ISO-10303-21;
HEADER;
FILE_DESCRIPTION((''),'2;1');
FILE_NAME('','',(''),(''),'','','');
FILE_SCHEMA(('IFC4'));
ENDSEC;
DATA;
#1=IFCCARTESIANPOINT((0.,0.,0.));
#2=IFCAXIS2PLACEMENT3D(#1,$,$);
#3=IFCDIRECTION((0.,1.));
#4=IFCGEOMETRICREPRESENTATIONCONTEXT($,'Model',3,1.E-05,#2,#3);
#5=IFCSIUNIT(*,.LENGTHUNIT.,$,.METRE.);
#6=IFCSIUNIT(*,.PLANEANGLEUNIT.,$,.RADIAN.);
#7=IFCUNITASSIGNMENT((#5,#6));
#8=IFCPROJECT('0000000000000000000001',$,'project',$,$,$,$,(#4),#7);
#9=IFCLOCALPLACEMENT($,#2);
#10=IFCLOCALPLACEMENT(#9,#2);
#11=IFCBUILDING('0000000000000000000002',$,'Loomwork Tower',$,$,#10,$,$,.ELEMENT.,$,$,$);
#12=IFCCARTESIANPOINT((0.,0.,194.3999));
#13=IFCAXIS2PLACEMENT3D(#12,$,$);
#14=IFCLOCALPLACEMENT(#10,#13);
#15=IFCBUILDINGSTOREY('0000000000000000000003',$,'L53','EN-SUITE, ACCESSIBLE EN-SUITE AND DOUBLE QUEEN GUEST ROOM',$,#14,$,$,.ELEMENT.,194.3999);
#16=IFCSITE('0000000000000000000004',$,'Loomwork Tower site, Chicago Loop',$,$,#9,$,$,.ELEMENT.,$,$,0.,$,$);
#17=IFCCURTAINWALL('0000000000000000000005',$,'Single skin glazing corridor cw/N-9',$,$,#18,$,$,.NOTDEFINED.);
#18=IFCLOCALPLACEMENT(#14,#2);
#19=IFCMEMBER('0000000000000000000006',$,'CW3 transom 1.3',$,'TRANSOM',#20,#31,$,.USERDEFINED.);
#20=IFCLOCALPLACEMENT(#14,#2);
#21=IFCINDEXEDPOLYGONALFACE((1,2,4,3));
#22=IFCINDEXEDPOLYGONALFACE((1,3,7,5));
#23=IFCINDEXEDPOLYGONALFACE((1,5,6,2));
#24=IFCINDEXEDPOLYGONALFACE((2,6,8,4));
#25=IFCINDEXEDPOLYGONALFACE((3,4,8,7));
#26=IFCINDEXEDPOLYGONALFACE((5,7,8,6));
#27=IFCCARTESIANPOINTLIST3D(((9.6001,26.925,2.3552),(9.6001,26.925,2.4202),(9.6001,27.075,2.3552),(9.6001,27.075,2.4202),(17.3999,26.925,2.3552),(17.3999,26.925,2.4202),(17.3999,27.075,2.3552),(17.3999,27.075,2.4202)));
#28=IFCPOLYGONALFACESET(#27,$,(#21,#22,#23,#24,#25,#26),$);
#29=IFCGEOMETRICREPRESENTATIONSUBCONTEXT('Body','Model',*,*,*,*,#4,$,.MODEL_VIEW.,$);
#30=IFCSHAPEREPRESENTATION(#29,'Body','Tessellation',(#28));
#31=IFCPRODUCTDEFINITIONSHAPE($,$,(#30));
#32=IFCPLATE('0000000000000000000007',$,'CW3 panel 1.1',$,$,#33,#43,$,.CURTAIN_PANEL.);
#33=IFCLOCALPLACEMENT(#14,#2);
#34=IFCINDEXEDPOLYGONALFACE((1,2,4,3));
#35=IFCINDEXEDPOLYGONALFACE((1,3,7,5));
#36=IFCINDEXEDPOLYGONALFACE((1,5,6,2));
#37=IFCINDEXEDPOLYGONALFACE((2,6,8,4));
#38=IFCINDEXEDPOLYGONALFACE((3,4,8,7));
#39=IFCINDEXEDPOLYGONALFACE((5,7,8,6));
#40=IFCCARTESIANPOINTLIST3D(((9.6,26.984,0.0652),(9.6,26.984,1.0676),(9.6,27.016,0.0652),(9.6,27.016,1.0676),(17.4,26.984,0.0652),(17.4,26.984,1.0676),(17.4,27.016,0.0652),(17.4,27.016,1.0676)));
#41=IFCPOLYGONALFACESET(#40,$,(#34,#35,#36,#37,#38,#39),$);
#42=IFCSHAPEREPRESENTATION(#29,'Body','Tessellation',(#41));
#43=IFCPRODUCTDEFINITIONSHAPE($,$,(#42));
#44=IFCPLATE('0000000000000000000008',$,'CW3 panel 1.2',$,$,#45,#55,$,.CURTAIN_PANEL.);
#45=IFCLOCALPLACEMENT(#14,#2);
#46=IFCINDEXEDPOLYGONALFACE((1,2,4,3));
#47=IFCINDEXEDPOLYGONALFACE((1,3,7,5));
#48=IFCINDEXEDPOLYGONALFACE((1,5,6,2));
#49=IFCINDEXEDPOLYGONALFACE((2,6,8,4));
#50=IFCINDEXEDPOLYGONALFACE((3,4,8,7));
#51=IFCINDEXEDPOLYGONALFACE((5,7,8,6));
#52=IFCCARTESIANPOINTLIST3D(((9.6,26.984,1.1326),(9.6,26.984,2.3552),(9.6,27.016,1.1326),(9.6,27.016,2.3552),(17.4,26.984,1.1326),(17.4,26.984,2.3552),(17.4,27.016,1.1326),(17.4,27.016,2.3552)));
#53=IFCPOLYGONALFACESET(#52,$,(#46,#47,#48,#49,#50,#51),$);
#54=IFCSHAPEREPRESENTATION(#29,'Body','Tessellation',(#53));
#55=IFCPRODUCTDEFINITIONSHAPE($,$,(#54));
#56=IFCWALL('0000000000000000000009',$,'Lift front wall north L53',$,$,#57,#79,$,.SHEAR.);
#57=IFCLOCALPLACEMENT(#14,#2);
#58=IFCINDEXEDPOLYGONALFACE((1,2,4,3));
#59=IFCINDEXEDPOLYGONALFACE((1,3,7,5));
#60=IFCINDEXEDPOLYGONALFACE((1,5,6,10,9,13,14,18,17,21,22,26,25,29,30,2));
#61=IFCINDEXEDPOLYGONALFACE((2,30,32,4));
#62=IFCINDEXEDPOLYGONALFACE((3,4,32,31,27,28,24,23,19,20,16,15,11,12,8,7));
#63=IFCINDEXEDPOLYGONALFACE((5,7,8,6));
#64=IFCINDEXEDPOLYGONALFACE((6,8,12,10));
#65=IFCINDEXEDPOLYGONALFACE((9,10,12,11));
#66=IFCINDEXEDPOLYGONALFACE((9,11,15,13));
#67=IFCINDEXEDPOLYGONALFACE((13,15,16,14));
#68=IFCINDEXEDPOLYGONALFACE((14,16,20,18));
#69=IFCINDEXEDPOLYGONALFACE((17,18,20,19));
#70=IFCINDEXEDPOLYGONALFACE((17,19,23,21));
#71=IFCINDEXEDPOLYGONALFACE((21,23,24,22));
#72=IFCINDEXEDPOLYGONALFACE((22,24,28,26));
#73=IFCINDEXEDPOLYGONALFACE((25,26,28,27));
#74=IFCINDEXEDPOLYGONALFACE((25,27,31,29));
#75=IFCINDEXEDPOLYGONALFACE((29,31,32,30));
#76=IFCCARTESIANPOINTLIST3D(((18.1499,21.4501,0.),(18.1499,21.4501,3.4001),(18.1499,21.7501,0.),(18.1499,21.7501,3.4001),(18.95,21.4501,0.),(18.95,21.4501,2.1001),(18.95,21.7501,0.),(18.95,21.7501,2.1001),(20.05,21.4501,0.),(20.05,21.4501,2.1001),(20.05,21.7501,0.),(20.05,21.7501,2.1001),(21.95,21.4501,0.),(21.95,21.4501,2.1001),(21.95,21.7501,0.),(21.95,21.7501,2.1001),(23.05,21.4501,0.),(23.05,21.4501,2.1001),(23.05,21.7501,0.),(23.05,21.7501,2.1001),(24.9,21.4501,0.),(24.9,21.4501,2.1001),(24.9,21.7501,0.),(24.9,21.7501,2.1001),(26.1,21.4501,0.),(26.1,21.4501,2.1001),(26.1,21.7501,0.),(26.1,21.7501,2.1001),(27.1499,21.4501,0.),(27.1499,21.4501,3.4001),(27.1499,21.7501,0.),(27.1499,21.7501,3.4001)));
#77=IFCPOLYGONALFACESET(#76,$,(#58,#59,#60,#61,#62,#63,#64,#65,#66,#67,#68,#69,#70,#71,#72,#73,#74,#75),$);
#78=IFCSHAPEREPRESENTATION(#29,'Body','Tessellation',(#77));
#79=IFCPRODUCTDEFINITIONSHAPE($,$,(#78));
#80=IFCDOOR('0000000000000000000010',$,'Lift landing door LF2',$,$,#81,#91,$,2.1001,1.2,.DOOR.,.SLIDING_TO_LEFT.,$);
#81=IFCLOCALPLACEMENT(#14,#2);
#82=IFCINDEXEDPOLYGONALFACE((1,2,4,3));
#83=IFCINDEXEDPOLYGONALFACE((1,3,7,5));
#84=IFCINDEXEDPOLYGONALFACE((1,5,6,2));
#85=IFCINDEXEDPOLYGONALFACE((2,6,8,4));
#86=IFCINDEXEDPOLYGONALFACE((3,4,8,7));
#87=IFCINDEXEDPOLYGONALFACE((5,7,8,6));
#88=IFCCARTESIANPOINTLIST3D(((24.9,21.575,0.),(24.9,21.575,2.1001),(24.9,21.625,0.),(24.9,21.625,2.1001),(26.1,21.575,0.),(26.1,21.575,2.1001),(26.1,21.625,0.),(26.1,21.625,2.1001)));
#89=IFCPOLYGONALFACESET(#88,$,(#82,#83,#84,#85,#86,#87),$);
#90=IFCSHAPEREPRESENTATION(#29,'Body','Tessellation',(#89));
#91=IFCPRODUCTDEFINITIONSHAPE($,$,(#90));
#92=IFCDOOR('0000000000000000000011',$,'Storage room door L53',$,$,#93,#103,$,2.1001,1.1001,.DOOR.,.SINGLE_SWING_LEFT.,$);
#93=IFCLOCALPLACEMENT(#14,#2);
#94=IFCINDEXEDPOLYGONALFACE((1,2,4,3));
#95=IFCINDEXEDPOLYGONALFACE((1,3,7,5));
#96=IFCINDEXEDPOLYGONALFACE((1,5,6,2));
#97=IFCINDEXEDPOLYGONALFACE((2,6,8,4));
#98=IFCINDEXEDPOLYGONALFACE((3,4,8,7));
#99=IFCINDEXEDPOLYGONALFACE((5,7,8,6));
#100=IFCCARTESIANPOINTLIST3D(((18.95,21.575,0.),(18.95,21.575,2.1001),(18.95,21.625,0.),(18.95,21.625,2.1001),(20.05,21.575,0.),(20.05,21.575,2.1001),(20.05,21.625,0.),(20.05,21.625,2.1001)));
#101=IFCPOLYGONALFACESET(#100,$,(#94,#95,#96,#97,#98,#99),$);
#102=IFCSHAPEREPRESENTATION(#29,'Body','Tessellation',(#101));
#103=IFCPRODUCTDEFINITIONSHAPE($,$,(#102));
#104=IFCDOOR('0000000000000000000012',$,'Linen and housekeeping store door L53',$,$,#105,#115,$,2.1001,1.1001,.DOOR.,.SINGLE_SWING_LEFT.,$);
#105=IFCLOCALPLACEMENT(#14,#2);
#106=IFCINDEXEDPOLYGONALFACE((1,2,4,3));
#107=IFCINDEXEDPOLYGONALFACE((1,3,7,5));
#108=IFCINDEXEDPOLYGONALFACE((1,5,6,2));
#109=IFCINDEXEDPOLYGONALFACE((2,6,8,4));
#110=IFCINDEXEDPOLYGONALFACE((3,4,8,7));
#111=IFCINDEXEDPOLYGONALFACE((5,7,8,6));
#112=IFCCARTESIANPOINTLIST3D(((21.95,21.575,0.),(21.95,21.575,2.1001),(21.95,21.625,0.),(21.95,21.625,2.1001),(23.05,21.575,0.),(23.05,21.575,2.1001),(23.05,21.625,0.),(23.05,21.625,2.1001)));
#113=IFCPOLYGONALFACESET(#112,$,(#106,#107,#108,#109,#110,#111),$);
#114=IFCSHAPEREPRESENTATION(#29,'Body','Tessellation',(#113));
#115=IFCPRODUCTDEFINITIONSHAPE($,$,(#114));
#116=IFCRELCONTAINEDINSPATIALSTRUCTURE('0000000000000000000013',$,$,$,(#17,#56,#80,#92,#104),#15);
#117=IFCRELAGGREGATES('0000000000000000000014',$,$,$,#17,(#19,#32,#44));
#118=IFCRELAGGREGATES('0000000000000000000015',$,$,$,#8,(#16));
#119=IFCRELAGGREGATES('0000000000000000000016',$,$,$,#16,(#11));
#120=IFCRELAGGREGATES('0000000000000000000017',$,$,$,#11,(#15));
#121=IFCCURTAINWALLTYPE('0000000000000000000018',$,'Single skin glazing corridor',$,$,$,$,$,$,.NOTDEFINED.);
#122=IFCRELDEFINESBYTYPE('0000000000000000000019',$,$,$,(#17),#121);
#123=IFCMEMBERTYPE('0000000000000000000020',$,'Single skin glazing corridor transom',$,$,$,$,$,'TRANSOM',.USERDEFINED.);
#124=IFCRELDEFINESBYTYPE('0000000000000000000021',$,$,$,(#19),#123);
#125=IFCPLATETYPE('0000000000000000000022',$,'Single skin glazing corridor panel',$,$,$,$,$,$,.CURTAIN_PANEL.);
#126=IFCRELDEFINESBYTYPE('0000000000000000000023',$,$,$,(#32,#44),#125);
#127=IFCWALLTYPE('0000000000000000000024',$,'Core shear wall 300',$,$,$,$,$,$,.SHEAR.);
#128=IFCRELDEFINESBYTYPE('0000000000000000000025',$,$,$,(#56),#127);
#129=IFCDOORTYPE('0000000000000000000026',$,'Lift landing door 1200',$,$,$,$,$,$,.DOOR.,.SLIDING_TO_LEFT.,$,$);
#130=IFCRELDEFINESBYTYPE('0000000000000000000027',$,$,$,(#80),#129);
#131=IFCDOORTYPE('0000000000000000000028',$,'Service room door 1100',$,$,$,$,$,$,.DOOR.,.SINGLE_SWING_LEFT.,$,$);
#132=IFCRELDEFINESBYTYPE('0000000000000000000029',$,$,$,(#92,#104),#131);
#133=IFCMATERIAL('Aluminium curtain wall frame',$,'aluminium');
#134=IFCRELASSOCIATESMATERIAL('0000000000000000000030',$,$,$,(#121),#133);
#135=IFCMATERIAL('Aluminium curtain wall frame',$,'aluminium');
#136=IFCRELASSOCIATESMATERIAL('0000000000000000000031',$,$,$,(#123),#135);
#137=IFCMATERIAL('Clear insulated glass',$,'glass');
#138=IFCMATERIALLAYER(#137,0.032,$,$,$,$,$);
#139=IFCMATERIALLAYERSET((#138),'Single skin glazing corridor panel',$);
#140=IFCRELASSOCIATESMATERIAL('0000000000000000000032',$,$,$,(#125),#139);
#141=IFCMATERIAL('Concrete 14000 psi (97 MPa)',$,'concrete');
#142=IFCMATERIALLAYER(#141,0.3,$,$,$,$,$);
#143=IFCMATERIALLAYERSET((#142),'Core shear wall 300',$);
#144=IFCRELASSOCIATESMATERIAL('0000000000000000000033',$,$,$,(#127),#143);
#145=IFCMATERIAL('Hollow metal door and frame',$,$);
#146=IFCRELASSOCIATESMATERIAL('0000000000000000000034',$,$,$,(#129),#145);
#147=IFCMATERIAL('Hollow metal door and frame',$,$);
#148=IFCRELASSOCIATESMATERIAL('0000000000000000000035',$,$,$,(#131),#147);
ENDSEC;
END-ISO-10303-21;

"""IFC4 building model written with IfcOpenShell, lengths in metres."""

from ifc_helpers import new_model, si_unit, direction, frame, frame_2d, origin, origin_2d, place, context, subcontext, project, spatial, rectangle, extrude, material, layer, layer_set, material_profile, profile_set, type_object, element, fill, aggregate, save


model = new_model("IFC4")

# Units and contexts
model_context = context("Model", 3, precision=1e-05, world=origin(), true_north=direction((0.0, 1.0)))
body_context = subcontext(model_context, "Body", "Model", "MODEL_VIEW")
ifc_project = project(units=[si_unit("LENGTHUNIT", "METRE"), si_unit("PLANEANGLEUNIT", "RADIAN")], contexts=[model_context])

# Site, building, storey
site_placement = place(None, origin())
site = spatial("IfcSite", under=ifc_project, at=site_placement, Name="Loomwork Tower site, Chicago Loop", CompositionType="ELEMENT", RefElevation=0.0)
building_placement = place(site_placement, origin())
building = spatial("IfcBuilding", under=site, at=building_placement, Name="Loomwork Tower", CompositionType="ELEMENT")
storey_placement = place(building_placement, frame((0.0, 0.0, 194.3999)))
storey = spatial("IfcBuildingStorey", under=building, at=storey_placement, Name="L53", Description="EN-SUITE, ACCESSIBLE EN-SUITE AND DOUBLE QUEEN GUEST ROOM", CompositionType="ELEMENT", Elevation=194.3999)

# Shared definitions
ifc_material_1 = material(Name="Aluminium curtain wall frame", Category="aluminium")
curtain_wall_type = type_object("IfcCurtainWallType", Name="Single skin glazing corridor", PredefinedType="NOTDEFINED", material=ifc_material_1)

# Curtain wall
curtain_wall_1_placement = place(storey_placement, origin())
curtain_wall_1 = element("IfcCurtainWall", 1, at=curtain_wall_1_placement, inside=storey, type_object=curtain_wall_type, Name="Single skin glazing corridor cw/N-9", PredefinedType="NOTDEFINED")

# Member
ifc_material_2 = material(Name="Aluminium curtain wall frame", Category="aluminium")
ifc_material_profile_1 = material_profile(ifc_material_2, rectangle(XDim=0.1499, YDim=0.0649, at=origin_2d()), Name="AL 65x150")
ifc_profile_set_1 = profile_set([ifc_material_profile_1], Name="Aluminium curtain wall frame")
member_type_1 = type_object("IfcMemberType", Name="Single skin glazing corridor transom", ElementType="TRANSOM", PredefinedType="USERDEFINED", material=ifc_profile_set_1)
member_1_placement = place(storey_placement, frame((17.3999, 27.0, 2.3877), z_axis=(-1.0, 0.0, 0.0), x_axis=(0.0, -1.0, 0.0)))
member_1 = element("IfcMember", 2, at=member_1_placement, type_object=member_type_1, Name="CW3 transom 1.3", ObjectType="TRANSOM", PredefinedType="USERDEFINED", context=body_context, shape_type="SweptSolid", body=[
    extrude(rectangle(XDim=0.1499, YDim=0.0649, at=origin_2d()), origin(), (0.0, 0.0, 1.0), 7.7998),
])

# Plates
ifc_material_3 = material(Name="Clear insulated glass", Category="glass")
ifc_layer_1 = layer(ifc_material_3, 0.032)
ifc_layer_set_1 = layer_set([ifc_layer_1], Name="Single skin glazing corridor panel")
plate_type = type_object("IfcPlateType", Name="Single skin glazing corridor panel", PredefinedType="CURTAIN_PANEL", material=ifc_layer_set_1)
plate_1_placement = place(storey_placement, frame((13.5, 27.0, 0.0652), z_axis=(0.0, 0.0, 1.0), x_axis=(-1.0, 0.0, 0.0)))
plate_1 = element("IfcPlate", 3, at=plate_1_placement, type_object=plate_type, Name="CW3 panel 1.1", PredefinedType="CURTAIN_PANEL", context=body_context, shape_type="SweptSolid", body=[
    extrude(rectangle(XDim=7.8, YDim=0.032, at=origin_2d()), origin(), (0.0, 0.0, 1.0), 1.0024),
])
plate_2_placement = place(storey_placement, frame((13.5, 27.0, 1.1326), z_axis=(0.0, 0.0, 1.0), x_axis=(-1.0, 0.0, 0.0)))
plate_2 = element("IfcPlate", 4, at=plate_2_placement, type_object=plate_type, Name="CW3 panel 1.2", PredefinedType="CURTAIN_PANEL", context=body_context, shape_type="SweptSolid", body=[
    extrude(rectangle(XDim=7.8, YDim=0.032, at=origin_2d()), origin(), (0.0, 0.0, 1.0), 1.2227),
])
aggregate(curtain_wall_1, [member_1, plate_1, plate_2])

# Wall, openings, doors
ifc_material_4 = material(Name="Concrete 14000 psi (97 MPa)", Category="concrete")
ifc_layer_2 = layer(ifc_material_4, 0.3)
ifc_layer_set_2 = layer_set([ifc_layer_2], Name="Core shear wall 300")
wall_type_1 = type_object("IfcWallType", Name="Core shear wall 300", PredefinedType="SHEAR", material=ifc_layer_set_2)
wall_1_placement = place(storey_placement, frame((18.1499, 21.6001, 0.0), z_axis=(0.0, 0.0, 1.0), x_axis=(1.0, 0.0, 0.0)))
wall_1 = element("IfcWall", 5, at=wall_1_placement, inside=storey, type_object=wall_type_1, Name="Lift front wall north L53", PredefinedType="SHEAR", context=body_context, shape_type="SweptSolid", body=[
    extrude(rectangle(XDim=9.0, YDim=0.3, at=frame_2d((4.5, 0.0))), origin(), (0.0, 0.0, 1.0), 3.4001),
])
opening_1_placement = place(wall_1_placement, frame((6.75, 0.0, 0.0)))
opening_1 = element("IfcOpeningElement", 6, at=opening_1_placement, cuts=wall_1, PredefinedType="OPENING", context=body_context, shape_type="SweptSolid", body=[
    extrude(rectangle(XDim=1.2, YDim=2.1001, at=frame_2d((0.6001, 1.05))), frame((0.0, 0.1599, 0.0), z_axis=(0.0, -1.0, 0.0), x_axis=(1.0, 0.0, 0.0)), (0.0, 0.0, 1.0), 0.3201),
])
opening_2_placement = place(wall_1_placement, frame((0.8, 0.0, 0.0)))
opening_2 = element("IfcOpeningElement", 7, at=opening_2_placement, cuts=wall_1, PredefinedType="OPENING", context=body_context, shape_type="SweptSolid", body=[
    extrude(rectangle(XDim=1.1001, YDim=2.1001, at=frame_2d((0.55, 1.05))), frame((0.0, 0.1599, 0.0), z_axis=(0.0, -1.0, 0.0), x_axis=(1.0, 0.0, 0.0)), (0.0, 0.0, 1.0), 0.3201),
])
opening_3_placement = place(wall_1_placement, frame((3.8, 0.0, 0.0)))
opening_3 = element("IfcOpeningElement", 8, at=opening_3_placement, cuts=wall_1, PredefinedType="OPENING", context=body_context, shape_type="SweptSolid", body=[
    extrude(rectangle(XDim=1.1001, YDim=2.1001, at=frame_2d((0.55, 1.05))), frame((0.0, 0.1599, 0.0), z_axis=(0.0, -1.0, 0.0), x_axis=(1.0, 0.0, 0.0)), (0.0, 0.0, 1.0), 0.3201),
])
ifc_material_5 = material(Name="Hollow metal door and frame")
door_type_1 = type_object("IfcDoorType", Name="Lift landing door 1200", OperationType="SLIDING_TO_LEFT", PredefinedType="DOOR", material=ifc_material_5)
door_1_placement = place(opening_1_placement, origin())
door_1 = element("IfcDoor", 9, at=door_1_placement, inside=storey, type_object=door_type_1, Name="Lift landing door LF2", OperationType="SLIDING_TO_LEFT", OverallHeight=2.1001, OverallWidth=1.2, PredefinedType="DOOR", context=body_context, shape_type="SweptSolid", body=[
    extrude(rectangle(XDim=1.2, YDim=2.1001, at=frame_2d((0.6001, 1.05))), frame((0.0, 0.0249, 0.0), z_axis=(0.0, -1.0, 0.0), x_axis=(1.0, 0.0, 0.0)), (0.0, 0.0, 1.0), 0.05),
])
fill(opening_1, door_1)
ifc_material_6 = material(Name="Hollow metal door and frame")
door_type_2 = type_object("IfcDoorType", Name="Service room door 1100", OperationType="SINGLE_SWING_LEFT", PredefinedType="DOOR", material=ifc_material_6)
door_2_placement = place(opening_2_placement, origin())
door_2 = element("IfcDoor", 10, at=door_2_placement, inside=storey, type_object=door_type_2, Name="Storage room door L53", OperationType="SINGLE_SWING_LEFT", OverallHeight=2.1001, OverallWidth=1.1001, PredefinedType="DOOR", context=body_context, shape_type="SweptSolid", body=[
    extrude(rectangle(XDim=1.1001, YDim=2.1001, at=frame_2d((0.55, 1.05))), frame((0.0, 0.0249, 0.0), z_axis=(0.0, -1.0, 0.0), x_axis=(1.0, 0.0, 0.0)), (0.0, 0.0, 1.0), 0.05),
])
fill(opening_2, door_2)
door_3_placement = place(opening_3_placement, origin())
door_3 = element("IfcDoor", 11, at=door_3_placement, inside=storey, type_object=door_type_2, Name="Linen and housekeeping store door L53", OperationType="SINGLE_SWING_LEFT", OverallHeight=2.1001, OverallWidth=1.1001, PredefinedType="DOOR", context=body_context, shape_type="SweptSolid", body=[
    extrude(rectangle(XDim=1.1001, YDim=2.1001, at=frame_2d((0.55, 1.05))), frame((0.0, 0.0249, 0.0), z_axis=(0.0, -1.0, 0.0), x_axis=(1.0, 0.0, 0.0)), (0.0, 0.0, 1.0), 0.05),
])
fill(opening_3, door_3)

save(model, "model.ifc")
